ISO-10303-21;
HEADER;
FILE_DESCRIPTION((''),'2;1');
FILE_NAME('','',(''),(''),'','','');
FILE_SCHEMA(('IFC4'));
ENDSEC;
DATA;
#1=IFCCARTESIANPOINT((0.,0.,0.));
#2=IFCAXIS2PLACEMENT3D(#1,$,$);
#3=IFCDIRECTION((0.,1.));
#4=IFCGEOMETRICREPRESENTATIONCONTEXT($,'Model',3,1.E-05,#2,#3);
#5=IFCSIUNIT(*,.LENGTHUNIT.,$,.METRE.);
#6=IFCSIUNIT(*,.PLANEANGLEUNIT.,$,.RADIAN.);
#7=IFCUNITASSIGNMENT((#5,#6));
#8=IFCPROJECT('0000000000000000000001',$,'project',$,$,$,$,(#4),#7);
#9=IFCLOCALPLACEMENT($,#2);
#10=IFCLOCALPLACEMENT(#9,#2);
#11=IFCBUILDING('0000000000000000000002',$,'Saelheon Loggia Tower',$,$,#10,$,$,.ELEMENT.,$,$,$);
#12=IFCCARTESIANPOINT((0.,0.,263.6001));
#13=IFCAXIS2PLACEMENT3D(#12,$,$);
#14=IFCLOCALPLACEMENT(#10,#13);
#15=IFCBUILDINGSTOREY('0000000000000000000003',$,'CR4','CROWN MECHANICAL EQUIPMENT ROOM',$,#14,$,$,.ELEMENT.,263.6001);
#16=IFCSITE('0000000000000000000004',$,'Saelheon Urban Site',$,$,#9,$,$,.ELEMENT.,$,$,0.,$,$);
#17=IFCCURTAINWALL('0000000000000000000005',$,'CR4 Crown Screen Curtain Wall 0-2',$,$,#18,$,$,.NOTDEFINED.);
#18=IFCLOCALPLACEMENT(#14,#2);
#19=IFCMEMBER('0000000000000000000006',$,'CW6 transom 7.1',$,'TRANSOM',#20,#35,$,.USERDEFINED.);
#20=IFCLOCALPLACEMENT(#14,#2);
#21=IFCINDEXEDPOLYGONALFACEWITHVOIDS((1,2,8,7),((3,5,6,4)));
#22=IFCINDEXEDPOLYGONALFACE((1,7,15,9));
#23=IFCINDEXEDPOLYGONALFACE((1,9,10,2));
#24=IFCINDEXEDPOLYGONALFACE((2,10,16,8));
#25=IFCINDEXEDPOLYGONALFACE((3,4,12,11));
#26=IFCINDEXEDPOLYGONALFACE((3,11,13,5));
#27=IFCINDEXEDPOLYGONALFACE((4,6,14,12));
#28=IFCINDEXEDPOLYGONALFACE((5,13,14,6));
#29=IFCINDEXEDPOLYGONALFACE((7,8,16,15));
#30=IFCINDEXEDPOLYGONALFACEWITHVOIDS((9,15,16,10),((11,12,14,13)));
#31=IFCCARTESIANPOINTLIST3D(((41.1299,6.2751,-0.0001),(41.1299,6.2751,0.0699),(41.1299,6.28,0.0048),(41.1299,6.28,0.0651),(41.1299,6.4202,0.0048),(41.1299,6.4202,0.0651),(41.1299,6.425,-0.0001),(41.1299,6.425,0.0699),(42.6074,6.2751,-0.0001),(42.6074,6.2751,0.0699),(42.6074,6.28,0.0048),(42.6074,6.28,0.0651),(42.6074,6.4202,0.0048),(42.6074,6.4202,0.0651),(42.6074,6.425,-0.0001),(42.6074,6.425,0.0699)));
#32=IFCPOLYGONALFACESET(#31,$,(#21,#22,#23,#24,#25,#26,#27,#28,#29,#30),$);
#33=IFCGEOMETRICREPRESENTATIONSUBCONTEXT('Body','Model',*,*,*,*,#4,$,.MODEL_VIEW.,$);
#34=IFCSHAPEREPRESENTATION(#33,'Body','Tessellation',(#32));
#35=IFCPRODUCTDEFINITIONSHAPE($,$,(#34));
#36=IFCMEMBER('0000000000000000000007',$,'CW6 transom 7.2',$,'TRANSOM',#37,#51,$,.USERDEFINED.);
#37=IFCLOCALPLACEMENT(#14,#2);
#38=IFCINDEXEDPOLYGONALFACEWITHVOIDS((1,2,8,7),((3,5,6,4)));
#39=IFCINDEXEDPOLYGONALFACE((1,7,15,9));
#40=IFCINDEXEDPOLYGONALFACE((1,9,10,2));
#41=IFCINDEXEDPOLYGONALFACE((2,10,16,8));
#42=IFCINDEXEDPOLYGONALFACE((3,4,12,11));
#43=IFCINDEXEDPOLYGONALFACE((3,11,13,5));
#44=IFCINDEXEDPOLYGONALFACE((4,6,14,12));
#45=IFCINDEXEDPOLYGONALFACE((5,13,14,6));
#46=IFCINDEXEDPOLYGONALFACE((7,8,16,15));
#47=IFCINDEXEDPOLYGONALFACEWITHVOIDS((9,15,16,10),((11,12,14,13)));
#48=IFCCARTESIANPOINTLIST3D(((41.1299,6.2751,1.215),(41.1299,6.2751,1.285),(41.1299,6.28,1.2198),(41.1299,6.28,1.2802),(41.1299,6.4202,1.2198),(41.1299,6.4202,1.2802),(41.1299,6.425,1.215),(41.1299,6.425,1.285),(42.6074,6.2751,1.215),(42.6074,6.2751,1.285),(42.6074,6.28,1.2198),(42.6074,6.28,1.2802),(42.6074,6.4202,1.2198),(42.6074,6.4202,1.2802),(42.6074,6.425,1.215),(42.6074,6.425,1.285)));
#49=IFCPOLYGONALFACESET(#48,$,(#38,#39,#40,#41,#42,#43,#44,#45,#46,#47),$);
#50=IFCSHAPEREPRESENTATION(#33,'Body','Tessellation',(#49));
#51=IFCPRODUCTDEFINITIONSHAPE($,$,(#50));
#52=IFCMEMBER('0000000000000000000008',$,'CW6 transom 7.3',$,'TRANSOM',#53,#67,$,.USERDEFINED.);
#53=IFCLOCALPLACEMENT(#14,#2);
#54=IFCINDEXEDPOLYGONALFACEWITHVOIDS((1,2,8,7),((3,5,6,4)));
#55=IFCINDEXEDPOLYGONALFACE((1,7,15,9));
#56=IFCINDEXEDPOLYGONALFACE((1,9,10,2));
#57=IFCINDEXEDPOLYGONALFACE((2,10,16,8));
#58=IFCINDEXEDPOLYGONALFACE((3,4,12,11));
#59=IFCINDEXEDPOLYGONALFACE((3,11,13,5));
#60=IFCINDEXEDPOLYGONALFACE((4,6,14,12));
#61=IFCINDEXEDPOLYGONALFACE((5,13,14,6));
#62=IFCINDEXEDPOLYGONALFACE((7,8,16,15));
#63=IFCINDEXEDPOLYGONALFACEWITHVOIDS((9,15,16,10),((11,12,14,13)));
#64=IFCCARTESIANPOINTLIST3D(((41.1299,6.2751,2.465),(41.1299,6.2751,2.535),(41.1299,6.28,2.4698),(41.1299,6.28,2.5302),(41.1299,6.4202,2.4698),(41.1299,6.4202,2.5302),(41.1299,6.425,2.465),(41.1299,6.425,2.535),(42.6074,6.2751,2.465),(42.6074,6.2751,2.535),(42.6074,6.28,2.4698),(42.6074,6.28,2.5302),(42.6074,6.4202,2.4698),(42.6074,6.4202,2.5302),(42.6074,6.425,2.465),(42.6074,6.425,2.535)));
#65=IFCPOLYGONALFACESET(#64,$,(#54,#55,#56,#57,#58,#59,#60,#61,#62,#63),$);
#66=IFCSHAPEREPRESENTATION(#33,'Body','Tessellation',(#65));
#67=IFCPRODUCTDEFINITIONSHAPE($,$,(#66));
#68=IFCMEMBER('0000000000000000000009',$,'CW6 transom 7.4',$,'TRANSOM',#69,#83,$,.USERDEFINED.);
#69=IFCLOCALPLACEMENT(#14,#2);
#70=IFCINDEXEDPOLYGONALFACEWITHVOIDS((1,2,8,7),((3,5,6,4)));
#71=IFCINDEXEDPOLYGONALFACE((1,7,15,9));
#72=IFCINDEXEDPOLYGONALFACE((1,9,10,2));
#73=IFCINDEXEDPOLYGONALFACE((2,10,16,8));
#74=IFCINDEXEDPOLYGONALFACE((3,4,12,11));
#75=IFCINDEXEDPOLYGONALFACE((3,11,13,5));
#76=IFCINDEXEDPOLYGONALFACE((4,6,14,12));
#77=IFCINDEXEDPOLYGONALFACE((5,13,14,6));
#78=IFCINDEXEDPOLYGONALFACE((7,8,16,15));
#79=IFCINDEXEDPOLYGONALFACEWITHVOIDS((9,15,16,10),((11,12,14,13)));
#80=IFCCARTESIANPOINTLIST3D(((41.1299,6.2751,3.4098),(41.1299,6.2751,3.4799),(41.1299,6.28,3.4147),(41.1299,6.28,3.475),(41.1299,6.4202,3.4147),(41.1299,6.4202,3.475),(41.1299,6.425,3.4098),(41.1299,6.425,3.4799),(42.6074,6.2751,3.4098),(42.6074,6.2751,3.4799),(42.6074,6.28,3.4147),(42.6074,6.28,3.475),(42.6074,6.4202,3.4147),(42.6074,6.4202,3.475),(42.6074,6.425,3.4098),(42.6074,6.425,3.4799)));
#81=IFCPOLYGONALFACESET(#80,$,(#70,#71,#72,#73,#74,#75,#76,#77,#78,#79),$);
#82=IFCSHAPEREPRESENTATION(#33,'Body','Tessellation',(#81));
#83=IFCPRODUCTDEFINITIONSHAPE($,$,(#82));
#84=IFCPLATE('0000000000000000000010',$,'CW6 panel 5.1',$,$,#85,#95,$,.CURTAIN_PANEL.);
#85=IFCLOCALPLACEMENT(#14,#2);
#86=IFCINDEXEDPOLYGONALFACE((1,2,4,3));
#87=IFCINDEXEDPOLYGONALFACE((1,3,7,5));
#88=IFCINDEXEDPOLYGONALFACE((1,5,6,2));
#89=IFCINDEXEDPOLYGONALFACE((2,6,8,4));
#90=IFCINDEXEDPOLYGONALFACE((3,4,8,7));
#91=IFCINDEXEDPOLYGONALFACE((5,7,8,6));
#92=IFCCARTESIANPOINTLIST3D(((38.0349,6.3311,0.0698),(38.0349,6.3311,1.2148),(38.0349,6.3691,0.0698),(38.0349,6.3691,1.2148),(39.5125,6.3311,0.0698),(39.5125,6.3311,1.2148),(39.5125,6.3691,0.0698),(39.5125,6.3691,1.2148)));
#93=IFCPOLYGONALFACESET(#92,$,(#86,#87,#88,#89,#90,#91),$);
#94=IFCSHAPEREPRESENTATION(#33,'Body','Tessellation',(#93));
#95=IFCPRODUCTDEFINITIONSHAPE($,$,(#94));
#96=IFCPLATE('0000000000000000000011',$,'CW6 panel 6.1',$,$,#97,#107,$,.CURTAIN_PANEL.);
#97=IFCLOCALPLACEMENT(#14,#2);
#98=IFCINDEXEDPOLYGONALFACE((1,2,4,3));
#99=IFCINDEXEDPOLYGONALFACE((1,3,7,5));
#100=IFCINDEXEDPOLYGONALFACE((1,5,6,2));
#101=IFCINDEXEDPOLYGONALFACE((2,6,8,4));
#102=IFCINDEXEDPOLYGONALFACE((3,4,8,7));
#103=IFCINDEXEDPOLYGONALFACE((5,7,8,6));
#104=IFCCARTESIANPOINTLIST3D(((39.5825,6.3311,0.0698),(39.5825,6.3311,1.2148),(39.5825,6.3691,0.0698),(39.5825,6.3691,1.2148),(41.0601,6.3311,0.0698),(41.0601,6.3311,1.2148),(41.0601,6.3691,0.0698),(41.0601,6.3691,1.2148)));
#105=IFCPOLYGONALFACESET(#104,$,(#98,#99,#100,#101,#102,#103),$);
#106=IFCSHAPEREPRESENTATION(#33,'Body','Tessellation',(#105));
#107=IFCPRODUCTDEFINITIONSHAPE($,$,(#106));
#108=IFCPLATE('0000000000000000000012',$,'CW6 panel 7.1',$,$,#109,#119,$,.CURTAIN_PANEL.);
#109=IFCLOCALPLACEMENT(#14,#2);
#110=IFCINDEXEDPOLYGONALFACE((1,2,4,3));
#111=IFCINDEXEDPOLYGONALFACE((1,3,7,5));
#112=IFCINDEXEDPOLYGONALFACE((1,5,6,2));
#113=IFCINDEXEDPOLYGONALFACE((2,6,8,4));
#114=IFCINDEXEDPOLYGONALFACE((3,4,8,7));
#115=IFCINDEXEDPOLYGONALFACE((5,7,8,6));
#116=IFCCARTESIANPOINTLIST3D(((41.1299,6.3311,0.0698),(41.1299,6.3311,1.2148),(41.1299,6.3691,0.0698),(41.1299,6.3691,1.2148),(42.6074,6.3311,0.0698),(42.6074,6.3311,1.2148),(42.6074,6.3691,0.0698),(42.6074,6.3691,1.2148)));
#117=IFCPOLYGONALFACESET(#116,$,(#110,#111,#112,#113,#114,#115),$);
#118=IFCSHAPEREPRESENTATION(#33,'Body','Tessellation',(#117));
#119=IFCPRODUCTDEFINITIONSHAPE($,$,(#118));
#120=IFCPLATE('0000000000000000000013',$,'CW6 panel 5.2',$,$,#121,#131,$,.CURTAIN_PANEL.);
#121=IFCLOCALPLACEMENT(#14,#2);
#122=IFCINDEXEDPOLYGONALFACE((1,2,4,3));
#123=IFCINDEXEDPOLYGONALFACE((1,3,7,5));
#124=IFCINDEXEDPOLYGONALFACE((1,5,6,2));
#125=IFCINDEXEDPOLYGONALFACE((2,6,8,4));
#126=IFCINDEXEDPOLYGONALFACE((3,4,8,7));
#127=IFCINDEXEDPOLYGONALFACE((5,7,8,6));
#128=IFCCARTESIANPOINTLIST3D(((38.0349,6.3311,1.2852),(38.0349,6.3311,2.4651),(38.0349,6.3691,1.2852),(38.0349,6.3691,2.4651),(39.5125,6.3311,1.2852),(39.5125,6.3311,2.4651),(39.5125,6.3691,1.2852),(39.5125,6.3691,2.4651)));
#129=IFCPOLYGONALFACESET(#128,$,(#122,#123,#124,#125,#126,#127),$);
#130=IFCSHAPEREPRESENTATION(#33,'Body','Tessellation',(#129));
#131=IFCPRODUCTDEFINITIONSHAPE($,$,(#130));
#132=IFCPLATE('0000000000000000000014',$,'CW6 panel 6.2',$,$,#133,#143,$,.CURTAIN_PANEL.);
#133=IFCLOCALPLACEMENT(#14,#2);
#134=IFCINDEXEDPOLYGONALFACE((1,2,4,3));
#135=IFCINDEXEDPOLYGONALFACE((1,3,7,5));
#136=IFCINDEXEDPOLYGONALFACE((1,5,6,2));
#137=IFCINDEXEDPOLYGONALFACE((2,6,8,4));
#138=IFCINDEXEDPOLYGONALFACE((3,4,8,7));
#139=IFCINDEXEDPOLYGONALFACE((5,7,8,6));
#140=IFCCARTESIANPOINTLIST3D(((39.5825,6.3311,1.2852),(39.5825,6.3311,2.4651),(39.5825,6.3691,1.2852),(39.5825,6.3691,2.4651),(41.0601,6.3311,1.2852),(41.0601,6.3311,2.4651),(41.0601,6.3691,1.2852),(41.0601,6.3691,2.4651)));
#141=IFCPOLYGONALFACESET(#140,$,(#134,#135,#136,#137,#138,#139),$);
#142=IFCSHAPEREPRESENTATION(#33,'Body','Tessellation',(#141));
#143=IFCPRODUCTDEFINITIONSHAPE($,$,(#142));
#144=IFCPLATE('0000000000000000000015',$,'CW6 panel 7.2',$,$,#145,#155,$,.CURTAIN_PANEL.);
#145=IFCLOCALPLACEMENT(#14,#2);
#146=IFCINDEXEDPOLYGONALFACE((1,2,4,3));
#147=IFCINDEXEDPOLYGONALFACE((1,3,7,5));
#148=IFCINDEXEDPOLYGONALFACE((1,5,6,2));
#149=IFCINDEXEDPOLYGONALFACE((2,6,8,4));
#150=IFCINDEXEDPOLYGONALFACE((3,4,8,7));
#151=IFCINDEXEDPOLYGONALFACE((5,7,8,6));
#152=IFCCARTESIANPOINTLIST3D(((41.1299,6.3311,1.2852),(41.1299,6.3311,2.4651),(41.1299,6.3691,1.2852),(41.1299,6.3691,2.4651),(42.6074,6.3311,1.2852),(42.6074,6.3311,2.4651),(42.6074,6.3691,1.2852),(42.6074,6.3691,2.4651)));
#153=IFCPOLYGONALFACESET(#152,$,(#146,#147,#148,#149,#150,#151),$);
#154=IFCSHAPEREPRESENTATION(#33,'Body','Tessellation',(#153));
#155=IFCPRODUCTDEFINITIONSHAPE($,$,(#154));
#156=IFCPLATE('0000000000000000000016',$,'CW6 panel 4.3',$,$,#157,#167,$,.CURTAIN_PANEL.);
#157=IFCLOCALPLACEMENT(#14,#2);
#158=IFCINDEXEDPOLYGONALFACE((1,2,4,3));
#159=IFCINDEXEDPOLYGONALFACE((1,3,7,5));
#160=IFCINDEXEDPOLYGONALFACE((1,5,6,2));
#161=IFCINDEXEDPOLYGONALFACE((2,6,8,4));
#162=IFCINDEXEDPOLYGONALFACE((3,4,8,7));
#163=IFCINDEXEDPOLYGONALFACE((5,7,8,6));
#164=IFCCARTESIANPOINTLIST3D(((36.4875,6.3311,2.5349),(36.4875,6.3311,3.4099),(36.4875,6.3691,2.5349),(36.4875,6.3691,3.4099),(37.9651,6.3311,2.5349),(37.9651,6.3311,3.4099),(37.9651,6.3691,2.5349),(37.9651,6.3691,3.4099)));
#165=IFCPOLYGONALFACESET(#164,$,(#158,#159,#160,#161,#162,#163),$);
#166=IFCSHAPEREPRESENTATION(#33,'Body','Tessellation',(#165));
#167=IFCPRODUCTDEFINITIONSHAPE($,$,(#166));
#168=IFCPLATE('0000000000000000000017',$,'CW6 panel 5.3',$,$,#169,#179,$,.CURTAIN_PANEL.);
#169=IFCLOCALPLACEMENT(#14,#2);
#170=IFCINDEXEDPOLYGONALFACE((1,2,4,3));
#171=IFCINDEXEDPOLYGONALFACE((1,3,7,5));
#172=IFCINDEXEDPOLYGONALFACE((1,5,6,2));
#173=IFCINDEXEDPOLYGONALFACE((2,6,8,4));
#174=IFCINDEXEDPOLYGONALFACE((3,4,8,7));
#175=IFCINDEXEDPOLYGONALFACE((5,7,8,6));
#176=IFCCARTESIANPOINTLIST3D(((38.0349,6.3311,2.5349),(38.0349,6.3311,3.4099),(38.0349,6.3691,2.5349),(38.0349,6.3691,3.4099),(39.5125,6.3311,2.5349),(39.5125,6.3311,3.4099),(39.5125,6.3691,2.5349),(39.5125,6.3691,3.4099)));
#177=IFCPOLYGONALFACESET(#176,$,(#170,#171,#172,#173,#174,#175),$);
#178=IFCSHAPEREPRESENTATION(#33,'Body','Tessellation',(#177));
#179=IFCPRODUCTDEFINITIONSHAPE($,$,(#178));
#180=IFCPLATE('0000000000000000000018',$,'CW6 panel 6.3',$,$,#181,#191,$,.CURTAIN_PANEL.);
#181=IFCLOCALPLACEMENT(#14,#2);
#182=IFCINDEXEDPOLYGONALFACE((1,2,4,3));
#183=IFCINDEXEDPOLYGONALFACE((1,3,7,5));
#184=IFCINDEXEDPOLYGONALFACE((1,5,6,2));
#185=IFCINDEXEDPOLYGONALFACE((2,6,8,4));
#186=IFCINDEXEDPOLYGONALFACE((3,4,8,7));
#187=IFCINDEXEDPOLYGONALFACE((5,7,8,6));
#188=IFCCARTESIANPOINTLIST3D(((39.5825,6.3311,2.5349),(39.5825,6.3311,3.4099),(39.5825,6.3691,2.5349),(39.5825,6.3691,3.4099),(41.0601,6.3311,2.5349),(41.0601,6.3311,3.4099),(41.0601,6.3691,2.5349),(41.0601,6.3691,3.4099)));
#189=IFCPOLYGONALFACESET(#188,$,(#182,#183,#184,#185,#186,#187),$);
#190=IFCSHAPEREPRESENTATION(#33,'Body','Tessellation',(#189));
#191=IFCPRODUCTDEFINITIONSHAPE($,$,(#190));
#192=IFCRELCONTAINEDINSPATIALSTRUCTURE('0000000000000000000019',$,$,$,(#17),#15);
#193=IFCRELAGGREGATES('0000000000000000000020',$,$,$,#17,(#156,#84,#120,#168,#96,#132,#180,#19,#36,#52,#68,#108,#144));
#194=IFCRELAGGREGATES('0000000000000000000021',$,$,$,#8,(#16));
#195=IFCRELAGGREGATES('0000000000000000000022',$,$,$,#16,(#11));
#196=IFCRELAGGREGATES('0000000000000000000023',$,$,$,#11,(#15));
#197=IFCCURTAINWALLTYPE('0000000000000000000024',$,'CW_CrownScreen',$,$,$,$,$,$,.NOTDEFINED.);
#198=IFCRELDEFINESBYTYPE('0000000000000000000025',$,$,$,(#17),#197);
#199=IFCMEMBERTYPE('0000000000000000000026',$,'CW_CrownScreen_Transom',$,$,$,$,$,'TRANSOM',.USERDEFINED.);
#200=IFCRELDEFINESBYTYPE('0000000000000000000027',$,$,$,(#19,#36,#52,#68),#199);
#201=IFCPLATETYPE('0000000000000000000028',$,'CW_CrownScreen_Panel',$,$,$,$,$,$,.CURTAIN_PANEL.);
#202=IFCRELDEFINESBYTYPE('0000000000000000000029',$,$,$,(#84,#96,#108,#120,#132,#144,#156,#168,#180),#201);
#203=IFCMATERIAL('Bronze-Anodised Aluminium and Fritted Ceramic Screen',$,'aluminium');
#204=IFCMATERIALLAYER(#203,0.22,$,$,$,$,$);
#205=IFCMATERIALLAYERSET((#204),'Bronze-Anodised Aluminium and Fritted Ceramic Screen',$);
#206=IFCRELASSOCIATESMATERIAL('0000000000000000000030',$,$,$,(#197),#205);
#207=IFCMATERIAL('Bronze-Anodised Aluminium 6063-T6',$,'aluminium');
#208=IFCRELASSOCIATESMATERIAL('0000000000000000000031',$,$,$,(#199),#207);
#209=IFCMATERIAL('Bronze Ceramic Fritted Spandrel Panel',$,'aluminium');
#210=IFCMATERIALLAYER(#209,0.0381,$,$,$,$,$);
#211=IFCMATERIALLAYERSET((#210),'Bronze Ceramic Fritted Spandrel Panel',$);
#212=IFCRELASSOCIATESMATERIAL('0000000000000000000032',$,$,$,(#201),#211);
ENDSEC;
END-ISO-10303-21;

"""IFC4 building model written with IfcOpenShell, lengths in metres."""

from ifc_helpers import new_model, si_unit, direction, frame, origin, origin_2d, place, context, subcontext, project, spatial, rectangle, hollow_rectangle, extrude, source, transform, mapped, material, layer, layer_set, material_profile, profile_set, type_object, element, aggregate, save


model = new_model("IFC4")

# Units and contexts
model_context = context("Model", 3, precision=1e-05, world=origin(), true_north=direction((0.0, 1.0)))
body_context = subcontext(model_context, "Body", "Model", "MODEL_VIEW")
ifc_project = project(units=[si_unit("LENGTHUNIT", "METRE"), si_unit("PLANEANGLEUNIT", "RADIAN")], contexts=[model_context])

# Site, building, storey
site_placement = place(None, origin())
site = spatial("IfcSite", under=ifc_project, at=site_placement, Name="Saelheon Urban Site", CompositionType="ELEMENT", RefElevation=0.0)
building_placement = place(site_placement, origin())
building = spatial("IfcBuilding", under=site, at=building_placement, Name="Saelheon Loggia Tower", CompositionType="ELEMENT")
storey_placement = place(building_placement, frame((0.0, 0.0, 263.6001)))
storey = spatial("IfcBuildingStorey", under=building, at=storey_placement, Name="CR4", Description="CROWN MECHANICAL EQUIPMENT ROOM", CompositionType="ELEMENT", Elevation=263.6001)

# Curtain wall, members, plates
ifc_material_1 = material(Name="Bronze-Anodised Aluminium and Fritted Ceramic Screen", Category="aluminium")
ifc_layer_1 = layer(ifc_material_1, 0.22)
ifc_layer_set_1 = layer_set([ifc_layer_1], Name="Bronze-Anodised Aluminium and Fritted Ceramic Screen")
curtain_wall_type = type_object("IfcCurtainWallType", Name="CW_CrownScreen", PredefinedType="NOTDEFINED", material=ifc_layer_set_1)
curtain_wall_placement = place(storey_placement, origin())
curtain_wall = element("IfcCurtainWall", 1, at=curtain_wall_placement, inside=storey, type_object=curtain_wall_type, Name="CR4 Crown Screen Curtain Wall 0-2", PredefinedType="NOTDEFINED")
ifc_material_2 = material(Name="Bronze-Anodised Aluminium 6063-T6", Category="aluminium")
ifc_material_profile_1 = material_profile(ifc_material_2, hollow_rectangle(XDim=0.0701, YDim=0.1499, WallThickness=0.0049, at=origin_2d()), Name="RHS-150x70x5")
ifc_profile_set_1 = profile_set([ifc_material_profile_1], Name="Bronze-Anodised Aluminium 6063-T6")
member_type_1 = type_object("IfcMemberType", Name="CW_CrownScreen_Transom", ElementType="TRANSOM", PredefinedType="USERDEFINED", material=ifc_profile_set_1)
shared_shape_1 = source(origin(), body_context, "Body", "SweptSolid", [
    extrude(hollow_rectangle(XDim=0.0701, YDim=0.1499, WallThickness=0.0049, at=origin_2d()), origin(), (0.0, 0.0, 1.0), 1.4775),
])
member_1_placement = place(storey_placement, frame((41.1299, 6.3501, 0.0349), z_axis=(1.0, 0.0, 0.0), x_axis=(0.0, 0.0, 1.0)))
member_1 = element("IfcMember", 2, at=member_1_placement, type_object=member_type_1, Name="CW6 transom 7.1", ObjectType="TRANSOM", PredefinedType="USERDEFINED", context=body_context, shape_type="MappedRepresentation", body=[
    mapped(shared_shape_1, transform((0.0, 0.0, 0.0), scale=1.0)),
])
member_2_placement = place(storey_placement, frame((41.1299, 6.3501, 1.25), z_axis=(1.0, 0.0, 0.0), x_axis=(0.0, 0.0, 1.0)))
member_2 = element("IfcMember", 3, at=member_2_placement, type_object=member_type_1, Name="CW6 transom 7.2", ObjectType="TRANSOM", PredefinedType="USERDEFINED", context=body_context, shape_type="MappedRepresentation", body=[
    mapped(shared_shape_1, transform((0.0, 0.0, 0.0), scale=1.0)),
])
member_3_placement = place(storey_placement, frame((41.1299, 6.3501, 2.5), z_axis=(1.0, 0.0, 0.0), x_axis=(0.0, 0.0, 1.0)))
member_3 = element("IfcMember", 4, at=member_3_placement, type_object=member_type_1, Name="CW6 transom 7.3", ObjectType="TRANSOM", PredefinedType="USERDEFINED", context=body_context, shape_type="MappedRepresentation", body=[
    mapped(shared_shape_1, transform((0.0, 0.0, 0.0), scale=1.0)),
])
member_4_placement = place(storey_placement, frame((41.1299, 6.3501, 3.4448), z_axis=(1.0, 0.0, 0.0), x_axis=(0.0, 0.0, 1.0)))
member_4 = element("IfcMember", 5, at=member_4_placement, type_object=member_type_1, Name="CW6 transom 7.4", ObjectType="TRANSOM", PredefinedType="USERDEFINED", context=body_context, shape_type="MappedRepresentation", body=[
    mapped(shared_shape_1, transform((0.0, 0.0, 0.0), scale=1.0)),
])
ifc_material_3 = material(Name="Bronze Ceramic Fritted Spandrel Panel", Category="aluminium")
ifc_layer_2 = layer(ifc_material_3, 0.0381)
ifc_layer_set_2 = layer_set([ifc_layer_2], Name="Bronze Ceramic Fritted Spandrel Panel")
plate_type = type_object("IfcPlateType", Name="CW_CrownScreen_Panel", PredefinedType="CURTAIN_PANEL", material=ifc_layer_set_2)
shared_shape_2 = source(origin(), body_context, "Body", "SweptSolid", [
    extrude(rectangle(XDim=1.4775, YDim=0.0381, at=origin_2d()), origin(), (0.0, 0.0, 1.0), 1.145),
])
plate_1_placement = place(storey_placement, frame((38.7737, 6.3501, 0.0698), z_axis=(0.0, 0.0, 1.0), x_axis=(1.0, 0.0, 0.0)))
plate_1 = element("IfcPlate", 6, at=plate_1_placement, type_object=plate_type, Name="CW6 panel 5.1", PredefinedType="CURTAIN_PANEL", context=body_context, shape_type="MappedRepresentation", body=[
    mapped(shared_shape_2, transform((0.0, 0.0, 0.0), scale=1.0)),
])
plate_2_placement = place(storey_placement, frame((40.3213, 6.3501, 0.0698), z_axis=(0.0, 0.0, 1.0), x_axis=(1.0, 0.0, 0.0)))
plate_2 = element("IfcPlate", 7, at=plate_2_placement, type_object=plate_type, Name="CW6 panel 6.1", PredefinedType="CURTAIN_PANEL", context=body_context, shape_type="MappedRepresentation", body=[
    mapped(shared_shape_2, transform((0.0, 0.0, 0.0), scale=1.0)),
])
plate_3_placement = place(storey_placement, frame((41.8687, 6.3501, 0.0698), z_axis=(0.0, 0.0, 1.0), x_axis=(1.0, 0.0, 0.0)))
plate_3 = element("IfcPlate", 8, at=plate_3_placement, type_object=plate_type, Name="CW6 panel 7.1", PredefinedType="CURTAIN_PANEL", context=body_context, shape_type="MappedRepresentation", body=[
    mapped(shared_shape_2, transform((0.0, 0.0, 0.0), scale=1.0)),
])
shared_shape_3 = source(origin(), body_context, "Body", "SweptSolid", [
    extrude(rectangle(XDim=1.4775, YDim=0.0381, at=origin_2d()), origin(), (0.0, 0.0, 1.0), 1.1799),
])
plate_4_placement = place(storey_placement, frame((38.7737, 6.3501, 1.2852), z_axis=(0.0, 0.0, 1.0), x_axis=(1.0, 0.0, 0.0)))
plate_4 = element("IfcPlate", 9, at=plate_4_placement, type_object=plate_type, Name="CW6 panel 5.2", PredefinedType="CURTAIN_PANEL", context=body_context, shape_type="MappedRepresentation", body=[
    mapped(shared_shape_3, transform((0.0, 0.0, 0.0), scale=1.0)),
])
plate_5_placement = place(storey_placement, frame((40.3213, 6.3501, 1.2852), z_axis=(0.0, 0.0, 1.0), x_axis=(1.0, 0.0, 0.0)))
plate_5 = element("IfcPlate", 10, at=plate_5_placement, type_object=plate_type, Name="CW6 panel 6.2", PredefinedType="CURTAIN_PANEL", context=body_context, shape_type="MappedRepresentation", body=[
    mapped(shared_shape_3, transform((0.0, 0.0, 0.0), scale=1.0)),
])
plate_6_placement = place(storey_placement, frame((41.8687, 6.3501, 1.2852), z_axis=(0.0, 0.0, 1.0), x_axis=(1.0, 0.0, 0.0)))
plate_6 = element("IfcPlate", 11, at=plate_6_placement, type_object=plate_type, Name="CW6 panel 7.2", PredefinedType="CURTAIN_PANEL", context=body_context, shape_type="MappedRepresentation", body=[
    mapped(shared_shape_3, transform((0.0, 0.0, 0.0), scale=1.0)),
])
shared_shape_4 = source(origin(), body_context, "Body", "SweptSolid", [
    extrude(rectangle(XDim=1.4775, YDim=0.0381, at=origin_2d()), origin(), (0.0, 0.0, 1.0), 0.875),
])
plate_7_placement = place(storey_placement, frame((37.2263, 6.3501, 2.5349), z_axis=(0.0, 0.0, 1.0), x_axis=(1.0, 0.0, 0.0)))
plate_7 = element("IfcPlate", 12, at=plate_7_placement, type_object=plate_type, Name="CW6 panel 4.3", PredefinedType="CURTAIN_PANEL", context=body_context, shape_type="MappedRepresentation", body=[
    mapped(shared_shape_4, transform((0.0, 0.0, 0.0), scale=1.0)),
])
plate_8_placement = place(storey_placement, frame((38.7737, 6.3501, 2.5349), z_axis=(0.0, 0.0, 1.0), x_axis=(1.0, 0.0, 0.0)))
plate_8 = element("IfcPlate", 13, at=plate_8_placement, type_object=plate_type, Name="CW6 panel 5.3", PredefinedType="CURTAIN_PANEL", context=body_context, shape_type="MappedRepresentation", body=[
    mapped(shared_shape_4, transform((0.0, 0.0, 0.0), scale=1.0)),
])
plate_9_placement = place(storey_placement, frame((40.3213, 6.3501, 2.5349), z_axis=(0.0, 0.0, 1.0), x_axis=(1.0, 0.0, 0.0)))
plate_9 = element("IfcPlate", 14, at=plate_9_placement, type_object=plate_type, Name="CW6 panel 6.3", PredefinedType="CURTAIN_PANEL", context=body_context, shape_type="MappedRepresentation", body=[
    mapped(shared_shape_4, transform((0.0, 0.0, 0.0), scale=1.0)),
])
aggregate(curtain_wall, [plate_7, plate_1, plate_4, plate_8, plate_2, plate_5, plate_9, member_1, member_2, member_3, member_4, plate_3, plate_6])

save(model, "model.ifc")
